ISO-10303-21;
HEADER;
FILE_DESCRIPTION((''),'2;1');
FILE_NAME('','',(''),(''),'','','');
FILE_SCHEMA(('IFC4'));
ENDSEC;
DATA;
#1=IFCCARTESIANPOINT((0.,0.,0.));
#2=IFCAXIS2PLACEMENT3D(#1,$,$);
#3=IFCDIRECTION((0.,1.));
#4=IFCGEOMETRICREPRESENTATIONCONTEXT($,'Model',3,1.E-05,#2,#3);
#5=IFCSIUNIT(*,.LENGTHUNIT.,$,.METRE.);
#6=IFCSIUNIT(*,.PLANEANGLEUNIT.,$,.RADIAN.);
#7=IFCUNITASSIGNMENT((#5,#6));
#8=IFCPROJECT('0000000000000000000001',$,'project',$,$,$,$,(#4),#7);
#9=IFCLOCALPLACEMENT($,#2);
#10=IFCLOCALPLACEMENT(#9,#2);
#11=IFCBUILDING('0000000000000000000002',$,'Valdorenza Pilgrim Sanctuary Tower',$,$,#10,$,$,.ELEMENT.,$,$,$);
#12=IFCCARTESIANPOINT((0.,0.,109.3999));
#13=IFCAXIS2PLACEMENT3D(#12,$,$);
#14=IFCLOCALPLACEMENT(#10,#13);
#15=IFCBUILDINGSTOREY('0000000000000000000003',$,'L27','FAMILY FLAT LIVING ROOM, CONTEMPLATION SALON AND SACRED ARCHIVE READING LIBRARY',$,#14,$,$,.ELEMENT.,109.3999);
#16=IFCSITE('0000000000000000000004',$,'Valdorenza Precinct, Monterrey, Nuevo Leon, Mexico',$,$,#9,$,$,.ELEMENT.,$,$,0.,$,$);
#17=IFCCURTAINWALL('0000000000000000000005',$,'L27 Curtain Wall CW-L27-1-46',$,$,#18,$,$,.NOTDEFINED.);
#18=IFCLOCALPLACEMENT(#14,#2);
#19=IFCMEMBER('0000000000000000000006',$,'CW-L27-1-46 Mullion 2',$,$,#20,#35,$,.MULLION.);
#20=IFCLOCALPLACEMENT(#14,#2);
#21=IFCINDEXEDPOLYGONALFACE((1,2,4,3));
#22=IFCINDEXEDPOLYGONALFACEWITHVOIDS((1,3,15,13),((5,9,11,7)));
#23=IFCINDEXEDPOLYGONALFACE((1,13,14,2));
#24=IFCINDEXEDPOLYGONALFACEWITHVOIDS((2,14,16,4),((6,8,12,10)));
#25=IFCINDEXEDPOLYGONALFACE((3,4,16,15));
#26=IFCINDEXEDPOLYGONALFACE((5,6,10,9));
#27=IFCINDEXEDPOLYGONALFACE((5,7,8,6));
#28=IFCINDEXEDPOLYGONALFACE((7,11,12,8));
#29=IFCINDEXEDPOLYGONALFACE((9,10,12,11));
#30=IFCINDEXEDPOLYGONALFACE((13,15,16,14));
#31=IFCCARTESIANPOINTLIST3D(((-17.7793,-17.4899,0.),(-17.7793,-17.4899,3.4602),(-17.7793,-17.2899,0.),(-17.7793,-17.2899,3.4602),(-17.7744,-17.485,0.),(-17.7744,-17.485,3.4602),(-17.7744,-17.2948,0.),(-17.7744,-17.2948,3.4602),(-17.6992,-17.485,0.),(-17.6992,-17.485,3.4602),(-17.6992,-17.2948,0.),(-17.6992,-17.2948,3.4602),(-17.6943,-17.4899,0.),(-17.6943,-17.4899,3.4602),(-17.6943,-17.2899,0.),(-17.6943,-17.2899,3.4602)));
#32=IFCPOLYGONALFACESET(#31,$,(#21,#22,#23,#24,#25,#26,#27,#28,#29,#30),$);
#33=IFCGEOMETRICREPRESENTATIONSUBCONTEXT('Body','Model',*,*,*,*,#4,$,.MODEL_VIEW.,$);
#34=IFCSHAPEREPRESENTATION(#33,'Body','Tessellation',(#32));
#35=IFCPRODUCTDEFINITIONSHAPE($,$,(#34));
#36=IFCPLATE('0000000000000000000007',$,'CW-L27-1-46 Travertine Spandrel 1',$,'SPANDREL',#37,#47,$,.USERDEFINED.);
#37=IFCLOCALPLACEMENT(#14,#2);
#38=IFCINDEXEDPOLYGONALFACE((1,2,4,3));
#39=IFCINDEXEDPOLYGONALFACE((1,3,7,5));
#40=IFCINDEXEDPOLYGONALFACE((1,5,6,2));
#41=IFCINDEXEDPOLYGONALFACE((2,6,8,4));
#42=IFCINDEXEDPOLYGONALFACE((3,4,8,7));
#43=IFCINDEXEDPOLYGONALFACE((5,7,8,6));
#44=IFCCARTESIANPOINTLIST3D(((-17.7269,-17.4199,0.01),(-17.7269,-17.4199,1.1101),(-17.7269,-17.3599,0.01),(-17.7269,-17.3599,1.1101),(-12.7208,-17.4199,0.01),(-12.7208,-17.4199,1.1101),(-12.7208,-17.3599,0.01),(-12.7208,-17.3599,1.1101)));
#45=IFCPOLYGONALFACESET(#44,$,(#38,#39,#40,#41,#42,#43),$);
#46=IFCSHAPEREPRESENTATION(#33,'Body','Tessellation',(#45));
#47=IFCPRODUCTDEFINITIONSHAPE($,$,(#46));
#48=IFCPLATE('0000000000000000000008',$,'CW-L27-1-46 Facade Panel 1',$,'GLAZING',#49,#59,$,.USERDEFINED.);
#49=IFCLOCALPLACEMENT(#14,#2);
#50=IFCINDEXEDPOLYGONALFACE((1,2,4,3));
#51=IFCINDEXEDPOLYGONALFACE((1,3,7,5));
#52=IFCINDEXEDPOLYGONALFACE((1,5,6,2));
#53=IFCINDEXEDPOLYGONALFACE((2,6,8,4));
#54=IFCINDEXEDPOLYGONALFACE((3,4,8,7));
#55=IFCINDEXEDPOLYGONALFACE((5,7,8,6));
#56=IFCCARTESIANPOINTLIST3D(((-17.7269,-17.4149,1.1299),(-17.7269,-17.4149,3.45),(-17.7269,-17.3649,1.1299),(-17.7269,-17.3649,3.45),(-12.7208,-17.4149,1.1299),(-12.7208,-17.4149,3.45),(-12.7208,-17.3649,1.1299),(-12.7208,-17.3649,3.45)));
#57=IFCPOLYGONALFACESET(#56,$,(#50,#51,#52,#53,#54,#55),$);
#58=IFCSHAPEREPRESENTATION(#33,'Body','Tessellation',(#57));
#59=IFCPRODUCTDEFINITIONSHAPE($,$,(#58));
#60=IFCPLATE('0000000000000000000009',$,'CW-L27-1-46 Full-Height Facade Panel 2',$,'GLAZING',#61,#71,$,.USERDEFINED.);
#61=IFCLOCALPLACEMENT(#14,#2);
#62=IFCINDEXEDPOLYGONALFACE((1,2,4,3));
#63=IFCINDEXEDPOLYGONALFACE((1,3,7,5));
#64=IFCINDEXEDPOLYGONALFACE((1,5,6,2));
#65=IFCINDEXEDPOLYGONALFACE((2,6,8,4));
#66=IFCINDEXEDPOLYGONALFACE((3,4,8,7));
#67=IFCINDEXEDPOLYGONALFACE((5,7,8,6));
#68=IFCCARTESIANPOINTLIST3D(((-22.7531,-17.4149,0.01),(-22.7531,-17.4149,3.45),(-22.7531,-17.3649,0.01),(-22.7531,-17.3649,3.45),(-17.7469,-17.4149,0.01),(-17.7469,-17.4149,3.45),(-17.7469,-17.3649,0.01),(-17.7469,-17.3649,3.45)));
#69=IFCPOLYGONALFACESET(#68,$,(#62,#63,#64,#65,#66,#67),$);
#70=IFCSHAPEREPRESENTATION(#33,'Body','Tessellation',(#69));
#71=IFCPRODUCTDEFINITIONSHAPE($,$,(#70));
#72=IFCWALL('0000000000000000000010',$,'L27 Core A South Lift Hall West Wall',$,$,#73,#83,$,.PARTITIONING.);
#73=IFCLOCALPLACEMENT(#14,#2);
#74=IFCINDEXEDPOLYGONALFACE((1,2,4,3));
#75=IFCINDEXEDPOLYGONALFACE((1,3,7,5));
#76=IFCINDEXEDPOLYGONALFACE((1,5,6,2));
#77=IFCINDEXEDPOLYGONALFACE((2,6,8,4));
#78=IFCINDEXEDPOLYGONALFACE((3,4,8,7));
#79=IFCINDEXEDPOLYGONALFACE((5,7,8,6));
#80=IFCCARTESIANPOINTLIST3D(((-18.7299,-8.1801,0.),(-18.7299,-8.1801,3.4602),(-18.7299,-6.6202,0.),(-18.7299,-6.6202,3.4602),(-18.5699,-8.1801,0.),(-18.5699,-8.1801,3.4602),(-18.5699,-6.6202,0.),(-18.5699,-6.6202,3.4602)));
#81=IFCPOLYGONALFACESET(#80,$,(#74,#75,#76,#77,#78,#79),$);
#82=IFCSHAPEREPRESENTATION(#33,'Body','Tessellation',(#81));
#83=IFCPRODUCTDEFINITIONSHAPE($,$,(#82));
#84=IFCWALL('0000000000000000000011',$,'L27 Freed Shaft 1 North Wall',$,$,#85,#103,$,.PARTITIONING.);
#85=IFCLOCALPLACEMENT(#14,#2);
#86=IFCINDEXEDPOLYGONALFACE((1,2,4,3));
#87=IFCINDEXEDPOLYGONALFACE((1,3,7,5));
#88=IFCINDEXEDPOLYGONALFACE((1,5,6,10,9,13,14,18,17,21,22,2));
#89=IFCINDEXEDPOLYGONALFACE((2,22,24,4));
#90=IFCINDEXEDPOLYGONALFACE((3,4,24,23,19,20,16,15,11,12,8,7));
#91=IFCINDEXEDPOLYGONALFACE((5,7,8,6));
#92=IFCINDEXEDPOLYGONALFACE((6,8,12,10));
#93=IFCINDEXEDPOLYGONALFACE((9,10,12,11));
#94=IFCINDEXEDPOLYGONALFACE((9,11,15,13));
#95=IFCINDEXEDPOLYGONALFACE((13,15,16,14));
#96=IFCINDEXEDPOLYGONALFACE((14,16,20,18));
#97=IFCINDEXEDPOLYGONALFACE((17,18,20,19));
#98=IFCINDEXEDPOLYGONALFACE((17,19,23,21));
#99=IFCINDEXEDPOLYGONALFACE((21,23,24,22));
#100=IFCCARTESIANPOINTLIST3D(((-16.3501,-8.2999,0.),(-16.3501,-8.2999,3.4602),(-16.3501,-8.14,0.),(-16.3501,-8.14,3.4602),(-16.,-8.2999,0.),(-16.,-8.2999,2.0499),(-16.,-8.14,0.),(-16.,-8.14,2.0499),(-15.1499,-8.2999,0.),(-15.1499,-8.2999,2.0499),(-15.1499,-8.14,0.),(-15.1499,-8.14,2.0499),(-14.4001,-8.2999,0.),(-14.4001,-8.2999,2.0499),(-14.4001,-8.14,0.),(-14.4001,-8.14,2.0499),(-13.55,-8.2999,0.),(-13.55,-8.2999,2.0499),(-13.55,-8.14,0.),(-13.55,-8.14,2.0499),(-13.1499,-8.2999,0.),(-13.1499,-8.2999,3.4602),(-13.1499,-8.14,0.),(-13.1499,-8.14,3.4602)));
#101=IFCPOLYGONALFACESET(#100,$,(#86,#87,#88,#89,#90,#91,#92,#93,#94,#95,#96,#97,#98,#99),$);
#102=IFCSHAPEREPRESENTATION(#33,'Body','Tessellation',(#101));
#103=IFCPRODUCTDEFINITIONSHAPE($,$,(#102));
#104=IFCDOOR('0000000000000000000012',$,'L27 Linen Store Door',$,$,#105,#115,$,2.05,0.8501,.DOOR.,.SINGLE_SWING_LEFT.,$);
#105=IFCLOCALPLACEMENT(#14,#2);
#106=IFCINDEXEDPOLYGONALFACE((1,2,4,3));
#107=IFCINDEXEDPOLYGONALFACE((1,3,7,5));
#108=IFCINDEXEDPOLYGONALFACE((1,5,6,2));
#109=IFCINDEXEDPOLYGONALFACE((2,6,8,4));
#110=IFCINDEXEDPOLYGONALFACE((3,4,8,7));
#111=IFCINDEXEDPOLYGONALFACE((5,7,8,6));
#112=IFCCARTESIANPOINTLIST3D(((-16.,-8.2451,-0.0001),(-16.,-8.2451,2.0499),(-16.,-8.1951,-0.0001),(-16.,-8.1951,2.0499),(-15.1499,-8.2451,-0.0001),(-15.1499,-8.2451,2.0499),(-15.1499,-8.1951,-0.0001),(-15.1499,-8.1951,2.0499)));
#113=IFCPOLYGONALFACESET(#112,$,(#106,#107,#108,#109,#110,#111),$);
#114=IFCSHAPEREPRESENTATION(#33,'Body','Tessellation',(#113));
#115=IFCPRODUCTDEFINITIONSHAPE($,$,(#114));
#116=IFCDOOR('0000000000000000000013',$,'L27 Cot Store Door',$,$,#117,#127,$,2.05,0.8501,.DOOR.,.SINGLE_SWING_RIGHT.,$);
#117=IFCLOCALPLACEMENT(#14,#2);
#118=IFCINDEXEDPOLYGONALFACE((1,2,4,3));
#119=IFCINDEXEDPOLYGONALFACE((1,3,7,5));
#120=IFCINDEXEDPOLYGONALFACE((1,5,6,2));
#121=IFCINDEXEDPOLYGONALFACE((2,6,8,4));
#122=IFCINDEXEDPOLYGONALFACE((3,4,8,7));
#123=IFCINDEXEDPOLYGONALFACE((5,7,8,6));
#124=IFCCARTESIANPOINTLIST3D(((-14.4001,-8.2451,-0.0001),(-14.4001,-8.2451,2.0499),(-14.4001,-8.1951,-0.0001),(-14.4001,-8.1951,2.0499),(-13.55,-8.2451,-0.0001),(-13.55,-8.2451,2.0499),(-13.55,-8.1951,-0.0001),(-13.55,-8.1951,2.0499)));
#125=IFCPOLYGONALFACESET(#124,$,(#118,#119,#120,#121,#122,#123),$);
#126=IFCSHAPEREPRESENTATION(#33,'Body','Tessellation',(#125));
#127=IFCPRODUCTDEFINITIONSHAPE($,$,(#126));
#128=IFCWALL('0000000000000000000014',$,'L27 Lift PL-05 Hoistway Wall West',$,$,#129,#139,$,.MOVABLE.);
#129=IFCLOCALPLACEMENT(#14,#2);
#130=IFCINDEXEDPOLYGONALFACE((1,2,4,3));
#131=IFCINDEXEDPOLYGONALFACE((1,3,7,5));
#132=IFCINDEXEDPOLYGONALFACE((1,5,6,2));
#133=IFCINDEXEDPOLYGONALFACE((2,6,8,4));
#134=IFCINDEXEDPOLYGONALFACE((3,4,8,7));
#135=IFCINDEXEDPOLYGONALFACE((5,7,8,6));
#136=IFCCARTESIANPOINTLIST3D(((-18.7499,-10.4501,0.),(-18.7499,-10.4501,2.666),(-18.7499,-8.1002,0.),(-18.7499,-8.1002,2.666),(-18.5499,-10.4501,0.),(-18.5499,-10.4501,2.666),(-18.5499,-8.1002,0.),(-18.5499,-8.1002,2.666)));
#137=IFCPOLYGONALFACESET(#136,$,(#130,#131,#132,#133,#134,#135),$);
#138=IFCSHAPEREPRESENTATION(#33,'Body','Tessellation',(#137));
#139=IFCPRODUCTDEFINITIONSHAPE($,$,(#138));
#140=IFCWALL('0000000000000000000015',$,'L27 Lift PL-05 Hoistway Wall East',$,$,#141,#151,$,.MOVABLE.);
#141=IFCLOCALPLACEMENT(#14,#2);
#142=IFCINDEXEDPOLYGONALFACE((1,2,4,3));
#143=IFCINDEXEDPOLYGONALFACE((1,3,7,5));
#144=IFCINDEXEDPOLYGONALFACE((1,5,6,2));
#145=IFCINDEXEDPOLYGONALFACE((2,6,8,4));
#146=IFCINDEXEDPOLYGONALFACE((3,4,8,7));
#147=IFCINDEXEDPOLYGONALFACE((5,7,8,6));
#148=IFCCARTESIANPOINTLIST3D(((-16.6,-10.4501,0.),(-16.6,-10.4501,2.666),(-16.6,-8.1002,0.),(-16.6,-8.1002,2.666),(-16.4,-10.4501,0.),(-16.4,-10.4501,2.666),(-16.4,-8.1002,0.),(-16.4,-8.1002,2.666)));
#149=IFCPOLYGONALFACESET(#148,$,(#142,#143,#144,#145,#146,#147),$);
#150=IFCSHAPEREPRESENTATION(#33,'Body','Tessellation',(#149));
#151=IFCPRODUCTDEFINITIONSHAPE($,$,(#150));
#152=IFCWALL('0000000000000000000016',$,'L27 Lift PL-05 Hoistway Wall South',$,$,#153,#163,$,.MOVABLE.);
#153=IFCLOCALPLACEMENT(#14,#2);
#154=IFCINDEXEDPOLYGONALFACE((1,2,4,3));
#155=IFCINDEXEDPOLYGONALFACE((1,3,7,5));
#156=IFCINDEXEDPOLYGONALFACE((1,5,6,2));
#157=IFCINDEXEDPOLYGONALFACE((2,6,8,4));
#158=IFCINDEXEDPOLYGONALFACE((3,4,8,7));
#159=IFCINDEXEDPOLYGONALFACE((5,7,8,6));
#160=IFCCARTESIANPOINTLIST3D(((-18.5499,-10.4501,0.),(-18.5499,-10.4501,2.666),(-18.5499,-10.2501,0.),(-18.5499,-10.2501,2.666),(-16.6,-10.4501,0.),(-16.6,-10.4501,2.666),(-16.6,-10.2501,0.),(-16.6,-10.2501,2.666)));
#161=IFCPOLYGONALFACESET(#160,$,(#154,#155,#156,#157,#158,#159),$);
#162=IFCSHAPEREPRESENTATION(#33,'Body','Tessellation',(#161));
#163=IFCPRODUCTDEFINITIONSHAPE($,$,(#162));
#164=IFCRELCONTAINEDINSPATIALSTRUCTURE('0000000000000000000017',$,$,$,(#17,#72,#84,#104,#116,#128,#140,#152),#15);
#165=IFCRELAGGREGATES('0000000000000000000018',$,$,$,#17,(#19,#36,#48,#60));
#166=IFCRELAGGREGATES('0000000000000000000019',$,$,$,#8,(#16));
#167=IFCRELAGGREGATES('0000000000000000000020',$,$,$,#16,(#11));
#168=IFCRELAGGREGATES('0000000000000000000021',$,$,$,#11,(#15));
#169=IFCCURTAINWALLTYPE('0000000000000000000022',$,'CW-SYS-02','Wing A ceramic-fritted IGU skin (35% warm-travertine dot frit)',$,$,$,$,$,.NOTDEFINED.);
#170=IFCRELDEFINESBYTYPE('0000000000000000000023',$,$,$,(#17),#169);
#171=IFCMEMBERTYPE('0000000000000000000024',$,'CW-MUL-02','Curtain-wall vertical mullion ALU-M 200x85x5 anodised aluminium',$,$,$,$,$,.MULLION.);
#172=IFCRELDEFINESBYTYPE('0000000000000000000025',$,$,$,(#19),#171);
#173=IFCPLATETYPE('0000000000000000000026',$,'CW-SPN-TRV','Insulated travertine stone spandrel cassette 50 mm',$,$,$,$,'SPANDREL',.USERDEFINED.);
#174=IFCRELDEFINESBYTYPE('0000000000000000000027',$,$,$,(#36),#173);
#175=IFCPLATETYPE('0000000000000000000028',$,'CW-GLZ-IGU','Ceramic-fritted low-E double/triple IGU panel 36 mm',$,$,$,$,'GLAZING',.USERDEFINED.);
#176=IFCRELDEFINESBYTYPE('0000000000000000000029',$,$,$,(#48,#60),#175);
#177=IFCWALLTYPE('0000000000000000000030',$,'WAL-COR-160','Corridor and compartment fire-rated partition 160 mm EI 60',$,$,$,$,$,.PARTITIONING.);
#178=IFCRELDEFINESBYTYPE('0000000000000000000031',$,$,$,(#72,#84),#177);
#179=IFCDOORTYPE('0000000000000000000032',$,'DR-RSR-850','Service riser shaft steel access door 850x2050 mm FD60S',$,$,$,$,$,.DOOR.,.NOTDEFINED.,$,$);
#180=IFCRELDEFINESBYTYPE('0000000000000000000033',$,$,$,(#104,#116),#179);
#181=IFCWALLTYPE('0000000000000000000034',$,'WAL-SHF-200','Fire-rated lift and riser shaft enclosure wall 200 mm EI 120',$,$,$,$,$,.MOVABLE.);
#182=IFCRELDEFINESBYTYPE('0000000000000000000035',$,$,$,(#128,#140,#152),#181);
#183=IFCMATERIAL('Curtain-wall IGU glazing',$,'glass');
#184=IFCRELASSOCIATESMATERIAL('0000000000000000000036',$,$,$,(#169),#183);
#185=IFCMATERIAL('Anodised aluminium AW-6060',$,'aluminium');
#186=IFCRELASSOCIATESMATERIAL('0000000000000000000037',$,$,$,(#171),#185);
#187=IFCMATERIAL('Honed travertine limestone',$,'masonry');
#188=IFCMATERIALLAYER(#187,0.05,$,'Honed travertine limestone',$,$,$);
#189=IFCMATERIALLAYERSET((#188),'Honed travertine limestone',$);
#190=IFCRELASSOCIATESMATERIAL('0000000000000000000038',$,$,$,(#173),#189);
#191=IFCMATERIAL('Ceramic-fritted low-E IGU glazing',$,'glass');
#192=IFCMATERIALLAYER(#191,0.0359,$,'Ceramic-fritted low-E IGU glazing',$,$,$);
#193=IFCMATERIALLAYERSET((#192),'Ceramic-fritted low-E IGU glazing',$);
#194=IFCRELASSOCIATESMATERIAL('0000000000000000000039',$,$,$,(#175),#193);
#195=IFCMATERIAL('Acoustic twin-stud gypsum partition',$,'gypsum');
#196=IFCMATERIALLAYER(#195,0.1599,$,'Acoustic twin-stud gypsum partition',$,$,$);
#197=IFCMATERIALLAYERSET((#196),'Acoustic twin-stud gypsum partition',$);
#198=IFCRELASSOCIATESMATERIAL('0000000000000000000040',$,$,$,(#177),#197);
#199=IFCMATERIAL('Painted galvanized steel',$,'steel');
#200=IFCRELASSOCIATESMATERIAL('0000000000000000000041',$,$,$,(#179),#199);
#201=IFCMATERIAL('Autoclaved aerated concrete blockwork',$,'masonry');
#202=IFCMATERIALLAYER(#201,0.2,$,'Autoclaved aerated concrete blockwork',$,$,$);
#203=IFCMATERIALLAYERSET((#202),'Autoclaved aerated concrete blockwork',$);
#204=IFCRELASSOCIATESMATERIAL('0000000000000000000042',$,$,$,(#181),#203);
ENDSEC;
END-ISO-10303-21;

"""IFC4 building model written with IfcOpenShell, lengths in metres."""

from ifc_helpers import new_model, si_unit, direction, frame, frame_2d, origin, origin_2d, place, context, subcontext, project, spatial, rectangle, hollow_rectangle, extrude, source, transform, mapped, material, layer, layer_set, material_profile, profile_set, type_object, element, fill, aggregate, save


model = new_model("IFC4")

# Units and contexts
model_context = context("Model", 3, precision=1e-05, world=origin(), true_north=direction((0.0, 1.0)))
body_context = subcontext(model_context, "Body", "Model", "MODEL_VIEW")
ifc_project = project(units=[si_unit("LENGTHUNIT", "METRE"), si_unit("PLANEANGLEUNIT", "RADIAN")], contexts=[model_context])

# Site, building, storey
site_placement = place(None, origin())
site = spatial("IfcSite", under=ifc_project, at=site_placement, Name="Valdorenza Precinct, Monterrey, Nuevo Leon, Mexico", CompositionType="ELEMENT", RefElevation=0.0)
building_placement = place(site_placement, origin())
building = spatial("IfcBuilding", under=site, at=building_placement, Name="Valdorenza Pilgrim Sanctuary Tower", CompositionType="ELEMENT")
storey_placement = place(building_placement, frame((0.0, 0.0, 109.3999)))
storey = spatial("IfcBuildingStorey", under=building, at=storey_placement, Name="L27", Description="FAMILY FLAT LIVING ROOM, CONTEMPLATION SALON AND SACRED ARCHIVE READING LIBRARY", CompositionType="ELEMENT", Elevation=109.3999)

# Curtain wall, member, plates
ifc_material_1 = material(Name="Curtain-wall IGU glazing", Category="glass")
curtain_wall_type = type_object("IfcCurtainWallType", Name="CW-SYS-02", Description="Wing A ceramic-fritted IGU skin (35% warm-travertine dot frit)", PredefinedType="NOTDEFINED", material=ifc_material_1)
curtain_wall_placement = place(storey_placement, origin())
curtain_wall = element("IfcCurtainWall", 1, at=curtain_wall_placement, inside=storey, type_object=curtain_wall_type, Name="L27 Curtain Wall CW-L27-1-46", PredefinedType="NOTDEFINED")
ifc_material_2 = material(Name="Anodised aluminium AW-6060", Category="aluminium")
ifc_material_profile = material_profile(ifc_material_2, hollow_rectangle(XDim=0.085, YDim=0.2, WallThickness=0.0049, at=origin_2d()), Name="ALU-M 200x85x5")
ifc_profile_set = profile_set([ifc_material_profile], Name="Anodised aluminium AW-6060")
member_type = type_object("IfcMemberType", Name="CW-MUL-02", Description="Curtain-wall vertical mullion ALU-M 200x85x5 anodised aluminium", PredefinedType="MULLION", material=ifc_profile_set)
shared_shape_1 = source(origin(), body_context, "Body", "SweptSolid", [
    extrude(hollow_rectangle(XDim=0.085, YDim=0.2, WallThickness=0.0049, at=origin_2d()), origin(), (0.0, 0.0, 1.0), 3.4602),
])
member_placement = place(storey_placement, frame((-17.7368, -17.3899, 0.0), z_axis=(0.0, 0.0, 1.0), x_axis=(-1.0, 0.0, 0.0)))
member = element("IfcMember", 2, at=member_placement, type_object=member_type, Name="CW-L27-1-46 Mullion 2", PredefinedType="MULLION", context=body_context, shape_type="MappedRepresentation", body=[
    mapped(shared_shape_1, transform((0.0, 0.0, 0.0), x_axis=(1.0, 0.0, 0.0), y_axis=(0.0, 1.0, 0.0), z_axis=(0.0, 0.0, 1.0), scale=1.0)),
])
ifc_material_3 = material(Name="Honed travertine limestone", Category="masonry")
ifc_layer_1 = layer(ifc_material_3, 0.05, Name="Honed travertine limestone")
ifc_layer_set_1 = layer_set([ifc_layer_1], Name="Honed travertine limestone")
plate_type_1 = type_object("IfcPlateType", Name="CW-SPN-TRV", Description="Insulated travertine stone spandrel cassette 50 mm", ElementType="SPANDREL", PredefinedType="USERDEFINED", material=ifc_layer_set_1)
shared_shape_2 = source(origin(), body_context, "Body", "SweptSolid", [
    extrude(rectangle(XDim=5.0061, YDim=0.0601, at=origin_2d()), origin(), (0.0, 0.0, 1.0), 1.1001),
])
plate_1_placement = place(storey_placement, frame((-15.2239, -17.3899, 0.01), z_axis=(0.0, 0.0, 1.0), x_axis=(-1.0, 0.0, 0.0)))
plate_1 = element("IfcPlate", 3, at=plate_1_placement, type_object=plate_type_1, Name="CW-L27-1-46 Travertine Spandrel 1", ObjectType="SPANDREL", PredefinedType="USERDEFINED", context=body_context, shape_type="MappedRepresentation", body=[
    mapped(shared_shape_2, transform((0.0, 0.0, 0.0), x_axis=(1.0, 0.0, 0.0), y_axis=(0.0, 1.0, 0.0), z_axis=(0.0, 0.0, 1.0), scale=1.0)),
])
ifc_material_4 = material(Name="Ceramic-fritted low-E IGU glazing", Category="glass")
ifc_layer_2 = layer(ifc_material_4, 0.0359, Name="Ceramic-fritted low-E IGU glazing")
ifc_layer_set_2 = layer_set([ifc_layer_2], Name="Ceramic-fritted low-E IGU glazing")
plate_type_2 = type_object("IfcPlateType", Name="CW-GLZ-IGU", Description="Ceramic-fritted low-E double/triple IGU panel 36 mm", ElementType="GLAZING", PredefinedType="USERDEFINED", material=ifc_layer_set_2)
shared_shape_3 = source(origin(), body_context, "Body", "SweptSolid", [
    extrude(rectangle(XDim=5.0061, YDim=0.05, at=origin_2d()), origin(), (0.0, 0.0, 1.0), 2.3201),
])
plate_2_placement = place(storey_placement, frame((-15.2239, -17.3899, 1.1299), z_axis=(0.0, 0.0, 1.0), x_axis=(-1.0, 0.0, 0.0)))
plate_2 = element("IfcPlate", 4, at=plate_2_placement, type_object=plate_type_2, Name="CW-L27-1-46 Facade Panel 1", ObjectType="GLAZING", PredefinedType="USERDEFINED", context=body_context, shape_type="MappedRepresentation", body=[
    mapped(shared_shape_3, transform((0.0, 0.0, 0.0), x_axis=(1.0, 0.0, 0.0), y_axis=(0.0, 1.0, 0.0), z_axis=(0.0, 0.0, 1.0), scale=1.0)),
])
shared_shape_4 = source(origin(), body_context, "Body", "SweptSolid", [
    extrude(rectangle(XDim=5.0061, YDim=0.05, at=origin_2d()), origin(), (0.0, 0.0, 1.0), 3.4399),
])
plate_3_placement = place(storey_placement, frame((-20.25, -17.3899, 0.01), z_axis=(0.0, 0.0, 1.0), x_axis=(-1.0, 0.0, 0.0)))
plate_3 = element("IfcPlate", 5, at=plate_3_placement, type_object=plate_type_2, Name="CW-L27-1-46 Full-Height Facade Panel 2", ObjectType="GLAZING", PredefinedType="USERDEFINED", context=body_context, shape_type="MappedRepresentation", body=[
    mapped(shared_shape_4, transform((0.0, 0.0, 0.0), x_axis=(1.0, 0.0, 0.0), y_axis=(0.0, 1.0, 0.0), z_axis=(0.0, 0.0, 1.0), scale=1.0)),
])
aggregate(curtain_wall, [member, plate_1, plate_2, plate_3])

# Wall
ifc_material_5 = material(Name="Acoustic twin-stud gypsum partition", Category="gypsum")
ifc_layer_3 = layer(ifc_material_5, 0.1599, Name="Acoustic twin-stud gypsum partition")
ifc_layer_set_3 = layer_set([ifc_layer_3], Name="Acoustic twin-stud gypsum partition")
wall_type_1 = type_object("IfcWallType", Name="WAL-COR-160", Description="Corridor and compartment fire-rated partition 160 mm EI 60", PredefinedType="PARTITIONING", material=ifc_layer_set_3)
wall_1_placement = place(storey_placement, frame((-18.6499, -8.1799, 0.0), z_axis=(0.0, 0.0, 1.0), x_axis=(0.0, 1.0, 0.0)))
element("IfcWall", 6, at=wall_1_placement, inside=storey, type_object=wall_type_1, Name="L27 Core A South Lift Hall West Wall", PredefinedType="PARTITIONING", context=body_context, shape_type="SweptSolid", body=[
    extrude(rectangle(XDim=1.5598, YDim=0.1599, at=frame_2d((0.7798, 0.0))), origin(), (0.0, 0.0, 1.0), 3.4602),
])

# Wall, openings, doors
wall_2_placement = place(storey_placement, frame((-16.3501, -8.22, 0.0), z_axis=(0.0, 0.0, 1.0), x_axis=(1.0, 0.0, 0.0)))
wall_2 = element("IfcWall", 7, at=wall_2_placement, inside=storey, type_object=wall_type_1, Name="L27 Freed Shaft 1 North Wall", PredefinedType="PARTITIONING", context=body_context, shape_type="SweptSolid", body=[
    extrude(rectangle(XDim=3.2002, YDim=0.1599, at=frame_2d((1.6001, 0.0))), origin(), (0.0, 0.0, 1.0), 3.4602),
])
opening_1_placement = place(wall_2_placement, frame((0.3501, 0.0, 0.0)))
opening_1 = element("IfcOpeningElement", 8, at=opening_1_placement, cuts=wall_2, PredefinedType="OPENING", context=body_context, shape_type="SweptSolid", body=[
    extrude(rectangle(XDim=0.8501, YDim=2.05, at=frame_2d((0.425, 1.0249))), frame((0.0, 0.0947, 0.0), z_axis=(0.0, -1.0, 0.0), x_axis=(1.0, 0.0, 0.0)), (0.0, 0.0, 1.0), 0.1897),
])
opening_2_placement = place(wall_2_placement, frame((1.95, 0.0, 0.0)))
opening_2 = element("IfcOpeningElement", 9, at=opening_2_placement, cuts=wall_2, PredefinedType="OPENING", context=body_context, shape_type="SweptSolid", body=[
    extrude(rectangle(XDim=0.8501, YDim=2.05, at=frame_2d((0.425, 1.0249))), frame((0.0, 0.0947, 0.0), z_axis=(0.0, -1.0, 0.0), x_axis=(1.0, 0.0, 0.0)), (0.0, 0.0, 1.0), 0.1897),
])
ifc_material_6 = material(Name="Painted galvanized steel", Category="steel")
door_type_1 = type_object("IfcDoorType", Name="DR-RSR-850", Description="Service riser shaft steel access door 850x2050 mm FD60S", OperationType="NOTDEFINED", PredefinedType="DOOR", material=ifc_material_6)
door_1_placement = place(opening_1_placement, origin())
door_1 = element("IfcDoor", 10, at=door_1_placement, inside=storey, type_object=door_type_1, Name="L27 Linen Store Door", OperationType="SINGLE_SWING_LEFT", OverallHeight=2.05, OverallWidth=0.8501, PredefinedType="DOOR", context=body_context, shape_type="SweptSolid", body=[
    extrude(rectangle(XDim=0.8501, YDim=2.05, at=frame_2d((0.425, 1.0249))), frame((0.0, 0.0249, 0.0), z_axis=(0.0, -1.0, 0.0), x_axis=(1.0, 0.0, 0.0)), (0.0, 0.0, 1.0), 0.05),
])
fill(opening_1, door_1)
door_2_placement = place(opening_2_placement, origin())
door_2 = element("IfcDoor", 11, at=door_2_placement, inside=storey, type_object=door_type_1, Name="L27 Cot Store Door", OperationType="SINGLE_SWING_RIGHT", OverallHeight=2.05, OverallWidth=0.8501, PredefinedType="DOOR", context=body_context, shape_type="SweptSolid", body=[
    extrude(rectangle(XDim=0.8501, YDim=2.05, at=frame_2d((0.425, 1.0249))), frame((0.0, 0.0249, 0.0), z_axis=(0.0, -1.0, 0.0), x_axis=(1.0, 0.0, 0.0)), (0.0, 0.0, 1.0), 0.05),
])
fill(opening_2, door_2)

# Walls
ifc_material_7 = material(Name="Autoclaved aerated concrete blockwork", Category="masonry")
ifc_layer_4 = layer(ifc_material_7, 0.2, Name="Autoclaved aerated concrete blockwork")
ifc_layer_set_4 = layer_set([ifc_layer_4], Name="Autoclaved aerated concrete blockwork")
wall_type_2 = type_object("IfcWallType", Name="WAL-SHF-200", Description="Fire-rated lift and riser shaft enclosure wall 200 mm EI 120", PredefinedType="MOVABLE", material=ifc_layer_set_4)
for number, where, z_axis, x_axis, name in (
    (12, (-18.6499, -10.45, 0.0), (0.0, 0.0, 1.0), (0.0, 1.0, 0.0), "L27 Lift PL-05 Hoistway Wall West"),
    (13, (-16.5, -10.45, 0.0), (0.0, 0.0, 1.0), (0.0, 1.0, 0.0), "L27 Lift PL-05 Hoistway Wall East"),
):
    element("IfcWall", number, at=place(storey_placement, frame(where, z_axis=z_axis, x_axis=x_axis)), inside=storey, type_object=wall_type_2, Name=name, PredefinedType="MOVABLE", context=body_context, shape_type="SweptSolid", body=[
        extrude(rectangle(XDim=2.3499, YDim=0.2, at=frame_2d((1.1748, 0.0))), origin(), (0.0, 0.0, 1.0), 2.666),
    ])
wall_3_placement = place(storey_placement, frame((-18.55, -10.3501, 0.0), z_axis=(0.0, 0.0, 1.0), x_axis=(1.0, 0.0, 0.0)))
element("IfcWall", 14, at=wall_3_placement, inside=storey, type_object=wall_type_2, Name="L27 Lift PL-05 Hoistway Wall South", PredefinedType="MOVABLE", context=body_context, shape_type="SweptSolid", body=[
    extrude(rectangle(XDim=1.95, YDim=0.2, at=frame_2d((0.9751, 0.0))), origin(), (0.0, 0.0, 1.0), 2.666),
])

save(model, "model.ifc")
